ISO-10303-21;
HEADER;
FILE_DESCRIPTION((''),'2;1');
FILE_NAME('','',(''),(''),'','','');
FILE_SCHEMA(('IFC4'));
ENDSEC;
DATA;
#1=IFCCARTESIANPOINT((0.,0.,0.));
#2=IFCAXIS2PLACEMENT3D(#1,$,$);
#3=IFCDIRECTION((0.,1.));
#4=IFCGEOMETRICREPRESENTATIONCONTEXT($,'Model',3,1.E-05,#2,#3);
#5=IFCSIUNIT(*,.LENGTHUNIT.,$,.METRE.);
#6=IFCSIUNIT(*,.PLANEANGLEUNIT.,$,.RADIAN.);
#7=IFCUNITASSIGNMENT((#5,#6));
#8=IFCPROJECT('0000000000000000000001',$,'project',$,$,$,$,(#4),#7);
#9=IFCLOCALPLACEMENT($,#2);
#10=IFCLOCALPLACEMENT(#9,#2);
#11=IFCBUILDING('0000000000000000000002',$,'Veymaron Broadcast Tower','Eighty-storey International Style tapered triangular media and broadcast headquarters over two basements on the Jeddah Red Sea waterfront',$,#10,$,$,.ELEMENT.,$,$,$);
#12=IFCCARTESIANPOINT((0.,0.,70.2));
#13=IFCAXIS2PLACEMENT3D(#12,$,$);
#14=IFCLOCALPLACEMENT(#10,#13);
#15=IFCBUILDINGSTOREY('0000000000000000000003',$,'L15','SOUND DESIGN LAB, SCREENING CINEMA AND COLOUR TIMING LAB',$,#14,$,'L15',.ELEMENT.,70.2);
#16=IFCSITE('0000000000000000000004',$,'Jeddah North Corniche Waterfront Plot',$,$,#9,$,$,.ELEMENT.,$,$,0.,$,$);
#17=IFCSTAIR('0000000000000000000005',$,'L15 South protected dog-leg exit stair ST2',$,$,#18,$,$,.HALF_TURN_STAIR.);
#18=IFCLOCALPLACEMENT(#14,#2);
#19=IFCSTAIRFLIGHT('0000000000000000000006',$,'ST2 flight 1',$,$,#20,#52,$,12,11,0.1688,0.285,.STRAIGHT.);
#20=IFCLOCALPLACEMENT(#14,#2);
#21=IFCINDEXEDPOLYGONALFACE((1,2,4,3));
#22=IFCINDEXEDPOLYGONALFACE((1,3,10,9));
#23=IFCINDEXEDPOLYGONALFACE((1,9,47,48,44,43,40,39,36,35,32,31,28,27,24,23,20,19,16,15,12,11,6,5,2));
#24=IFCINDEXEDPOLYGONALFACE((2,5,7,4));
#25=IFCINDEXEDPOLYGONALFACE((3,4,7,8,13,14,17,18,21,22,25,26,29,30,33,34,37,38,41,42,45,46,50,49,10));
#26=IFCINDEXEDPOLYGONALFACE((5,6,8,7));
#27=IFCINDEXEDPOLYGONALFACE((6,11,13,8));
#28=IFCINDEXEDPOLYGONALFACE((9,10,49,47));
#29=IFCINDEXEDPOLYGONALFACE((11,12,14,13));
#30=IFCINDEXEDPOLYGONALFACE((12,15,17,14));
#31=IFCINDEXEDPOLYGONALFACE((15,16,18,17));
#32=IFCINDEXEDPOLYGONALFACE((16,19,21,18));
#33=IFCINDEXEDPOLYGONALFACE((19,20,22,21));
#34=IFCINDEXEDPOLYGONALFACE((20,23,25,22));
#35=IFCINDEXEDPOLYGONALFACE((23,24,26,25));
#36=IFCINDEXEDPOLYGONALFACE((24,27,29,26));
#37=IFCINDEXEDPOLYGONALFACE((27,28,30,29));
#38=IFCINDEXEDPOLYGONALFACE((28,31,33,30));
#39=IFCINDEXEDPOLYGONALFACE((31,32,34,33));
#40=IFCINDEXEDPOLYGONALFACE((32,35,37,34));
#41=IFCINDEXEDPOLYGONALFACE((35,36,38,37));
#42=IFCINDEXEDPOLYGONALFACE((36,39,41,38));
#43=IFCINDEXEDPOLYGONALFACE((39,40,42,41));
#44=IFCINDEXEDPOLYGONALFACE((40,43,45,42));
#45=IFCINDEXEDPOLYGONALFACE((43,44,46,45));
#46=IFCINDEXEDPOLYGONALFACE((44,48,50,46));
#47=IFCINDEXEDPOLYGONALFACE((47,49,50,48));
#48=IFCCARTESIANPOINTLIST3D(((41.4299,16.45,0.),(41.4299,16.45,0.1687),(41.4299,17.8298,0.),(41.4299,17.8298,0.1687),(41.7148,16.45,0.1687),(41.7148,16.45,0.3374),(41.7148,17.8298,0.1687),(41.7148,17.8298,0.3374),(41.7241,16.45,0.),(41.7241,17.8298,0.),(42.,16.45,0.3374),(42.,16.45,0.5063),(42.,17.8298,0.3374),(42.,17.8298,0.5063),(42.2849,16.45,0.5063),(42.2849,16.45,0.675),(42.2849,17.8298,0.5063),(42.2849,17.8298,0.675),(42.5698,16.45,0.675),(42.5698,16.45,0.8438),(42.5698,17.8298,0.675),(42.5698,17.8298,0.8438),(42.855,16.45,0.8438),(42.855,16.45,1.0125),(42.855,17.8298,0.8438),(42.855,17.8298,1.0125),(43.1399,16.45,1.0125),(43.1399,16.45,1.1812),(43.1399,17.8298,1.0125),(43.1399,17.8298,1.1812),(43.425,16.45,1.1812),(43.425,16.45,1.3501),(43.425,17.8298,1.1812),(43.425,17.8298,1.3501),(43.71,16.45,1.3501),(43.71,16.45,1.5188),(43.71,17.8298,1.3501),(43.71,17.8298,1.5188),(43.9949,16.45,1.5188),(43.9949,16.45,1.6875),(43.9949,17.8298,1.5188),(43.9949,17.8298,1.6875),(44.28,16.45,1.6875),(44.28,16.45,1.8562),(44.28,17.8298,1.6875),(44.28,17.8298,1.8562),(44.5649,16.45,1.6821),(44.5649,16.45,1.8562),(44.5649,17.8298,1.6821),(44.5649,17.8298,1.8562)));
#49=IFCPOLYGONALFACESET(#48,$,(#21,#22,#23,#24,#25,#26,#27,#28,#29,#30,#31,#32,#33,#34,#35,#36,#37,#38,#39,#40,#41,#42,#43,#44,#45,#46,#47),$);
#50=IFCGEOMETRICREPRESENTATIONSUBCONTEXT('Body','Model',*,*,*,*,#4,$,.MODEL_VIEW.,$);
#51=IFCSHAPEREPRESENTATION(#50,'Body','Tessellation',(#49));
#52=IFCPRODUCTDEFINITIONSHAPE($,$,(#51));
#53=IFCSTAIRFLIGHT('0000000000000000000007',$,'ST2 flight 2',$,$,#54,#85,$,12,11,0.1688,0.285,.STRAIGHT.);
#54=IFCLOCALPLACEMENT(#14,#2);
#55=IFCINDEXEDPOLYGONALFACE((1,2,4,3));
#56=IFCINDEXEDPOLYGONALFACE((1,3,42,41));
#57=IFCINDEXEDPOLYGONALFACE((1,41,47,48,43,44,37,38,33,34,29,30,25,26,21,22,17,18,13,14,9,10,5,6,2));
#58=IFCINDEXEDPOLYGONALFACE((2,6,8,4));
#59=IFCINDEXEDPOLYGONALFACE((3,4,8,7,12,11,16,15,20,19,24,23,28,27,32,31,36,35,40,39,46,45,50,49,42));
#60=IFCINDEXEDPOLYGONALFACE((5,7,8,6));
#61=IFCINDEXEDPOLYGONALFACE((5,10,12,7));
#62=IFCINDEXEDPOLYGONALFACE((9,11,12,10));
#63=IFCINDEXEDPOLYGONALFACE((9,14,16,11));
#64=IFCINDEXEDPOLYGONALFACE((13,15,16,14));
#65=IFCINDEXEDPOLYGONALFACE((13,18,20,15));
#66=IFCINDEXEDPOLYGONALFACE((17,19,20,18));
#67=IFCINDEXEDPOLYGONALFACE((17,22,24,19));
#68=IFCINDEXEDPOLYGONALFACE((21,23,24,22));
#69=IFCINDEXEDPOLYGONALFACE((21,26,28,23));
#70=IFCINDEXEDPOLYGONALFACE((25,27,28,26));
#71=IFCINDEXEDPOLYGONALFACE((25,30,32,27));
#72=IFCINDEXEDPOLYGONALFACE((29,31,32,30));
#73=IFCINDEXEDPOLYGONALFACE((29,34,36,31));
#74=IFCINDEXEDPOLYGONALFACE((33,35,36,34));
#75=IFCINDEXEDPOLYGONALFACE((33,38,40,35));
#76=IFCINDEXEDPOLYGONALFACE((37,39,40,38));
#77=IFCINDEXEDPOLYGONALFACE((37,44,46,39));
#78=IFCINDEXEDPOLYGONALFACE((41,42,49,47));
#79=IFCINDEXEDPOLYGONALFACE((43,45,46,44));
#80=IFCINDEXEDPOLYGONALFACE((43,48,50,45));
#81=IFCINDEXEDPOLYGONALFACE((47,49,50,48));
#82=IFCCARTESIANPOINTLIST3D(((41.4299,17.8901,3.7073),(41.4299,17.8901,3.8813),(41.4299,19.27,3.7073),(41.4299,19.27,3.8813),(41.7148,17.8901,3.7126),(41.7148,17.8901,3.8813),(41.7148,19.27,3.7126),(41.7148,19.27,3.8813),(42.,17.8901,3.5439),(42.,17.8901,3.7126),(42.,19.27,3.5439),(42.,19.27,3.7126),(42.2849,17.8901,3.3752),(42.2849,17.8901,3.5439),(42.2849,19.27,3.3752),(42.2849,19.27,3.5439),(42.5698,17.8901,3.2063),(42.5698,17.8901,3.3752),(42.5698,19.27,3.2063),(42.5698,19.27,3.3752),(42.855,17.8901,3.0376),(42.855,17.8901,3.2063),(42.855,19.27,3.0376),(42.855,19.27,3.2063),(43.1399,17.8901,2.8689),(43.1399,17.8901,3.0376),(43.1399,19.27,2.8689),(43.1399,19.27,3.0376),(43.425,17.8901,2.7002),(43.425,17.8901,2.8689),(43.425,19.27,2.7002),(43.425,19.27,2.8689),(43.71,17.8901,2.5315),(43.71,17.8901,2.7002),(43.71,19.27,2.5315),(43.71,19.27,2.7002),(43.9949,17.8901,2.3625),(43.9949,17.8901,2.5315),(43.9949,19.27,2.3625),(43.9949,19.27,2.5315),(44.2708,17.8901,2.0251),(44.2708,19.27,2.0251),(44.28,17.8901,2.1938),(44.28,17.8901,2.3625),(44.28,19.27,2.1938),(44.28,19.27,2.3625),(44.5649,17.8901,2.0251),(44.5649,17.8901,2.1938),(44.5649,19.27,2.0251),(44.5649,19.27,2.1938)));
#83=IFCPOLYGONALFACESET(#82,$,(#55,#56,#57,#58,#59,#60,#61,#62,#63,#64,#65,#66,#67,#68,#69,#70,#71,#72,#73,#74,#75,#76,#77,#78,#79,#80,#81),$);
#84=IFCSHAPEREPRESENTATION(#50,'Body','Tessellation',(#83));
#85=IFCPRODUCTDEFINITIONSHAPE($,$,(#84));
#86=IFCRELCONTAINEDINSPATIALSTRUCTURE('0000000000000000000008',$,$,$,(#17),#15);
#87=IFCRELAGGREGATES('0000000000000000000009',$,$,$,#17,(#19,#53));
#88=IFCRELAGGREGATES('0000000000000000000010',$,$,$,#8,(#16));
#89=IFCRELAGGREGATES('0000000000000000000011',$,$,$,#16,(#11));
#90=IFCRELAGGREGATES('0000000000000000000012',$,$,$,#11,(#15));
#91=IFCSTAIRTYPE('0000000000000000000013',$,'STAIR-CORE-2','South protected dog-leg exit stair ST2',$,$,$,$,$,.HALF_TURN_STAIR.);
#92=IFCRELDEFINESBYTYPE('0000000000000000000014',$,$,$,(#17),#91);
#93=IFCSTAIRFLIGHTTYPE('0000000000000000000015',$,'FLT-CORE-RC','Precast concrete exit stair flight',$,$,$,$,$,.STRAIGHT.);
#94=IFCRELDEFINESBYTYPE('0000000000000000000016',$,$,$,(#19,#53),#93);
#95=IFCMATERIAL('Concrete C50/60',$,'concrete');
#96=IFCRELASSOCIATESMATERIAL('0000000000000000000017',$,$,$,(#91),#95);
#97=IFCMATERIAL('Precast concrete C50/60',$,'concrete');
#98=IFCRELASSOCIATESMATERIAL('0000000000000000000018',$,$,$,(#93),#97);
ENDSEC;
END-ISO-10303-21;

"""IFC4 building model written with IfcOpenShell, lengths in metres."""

from ifc_helpers import new_model, si_unit, direction, frame, origin, place, context, subcontext, project, spatial, polyline, outline, extrude, material, type_object, element, aggregate, save


model = new_model("IFC4")

# Units and contexts
model_context = context("Model", 3, precision=1e-05, world=origin(), true_north=direction((0.0, 1.0)))
body_context = subcontext(model_context, "Body", "Model", "MODEL_VIEW")
ifc_project = project(units=[si_unit("LENGTHUNIT", "METRE"), si_unit("PLANEANGLEUNIT", "RADIAN")], contexts=[model_context])

# Site, building, storey
site_placement = place(None, origin())
site = spatial("IfcSite", under=ifc_project, at=site_placement, Name="Jeddah North Corniche Waterfront Plot", CompositionType="ELEMENT", RefElevation=0.0)
building_placement = place(site_placement, origin())
building = spatial("IfcBuilding", under=site, at=building_placement, Name="Veymaron Broadcast Tower", Description="Eighty-storey International Style tapered triangular media and broadcast headquarters over two basements on the Jeddah Red Sea waterfront", CompositionType="ELEMENT")
storey_placement = place(building_placement, frame((0.0, 0.0, 70.2)))
storey = spatial("IfcBuildingStorey", under=building, at=storey_placement, Name="L15", Description="SOUND DESIGN LAB, SCREENING CINEMA AND COLOUR TIMING LAB", LongName="L15", CompositionType="ELEMENT", Elevation=70.2)

# Shared definitions
ifc_material_1 = material(Name="Concrete C50/60", Category="concrete")

# Stair, stair flights
stair_type = type_object("IfcStairType", Name="STAIR-CORE-2", Description="South protected dog-leg exit stair ST2", PredefinedType="HALF_TURN_STAIR", material=ifc_material_1)
stair_placement = place(storey_placement, origin())
stair = element("IfcStair", 1, at=stair_placement, inside=storey, type_object=stair_type, Name="L15 South protected dog-leg exit stair ST2", PredefinedType="HALF_TURN_STAIR")
ifc_material_2 = material(Name="Precast concrete C50/60", Category="concrete")
stair_flight_type = type_object("IfcStairFlightType", Name="FLT-CORE-RC", Description="Precast concrete exit stair flight", PredefinedType="STRAIGHT", material=ifc_material_2)
stair_flight_1_placement = place(storey_placement, frame((41.4299, 17.1399, 0.0), z_axis=(0.0, 0.0, 1.0), x_axis=(1.0, 0.0, 0.0)))
stair_flight_1 = element("IfcStairFlight", 2, at=stair_flight_1_placement, type_object=stair_flight_type, Name="ST2 flight 1", NumberOfRisers=12, NumberOfTreads=11, PredefinedType="STRAIGHT", RiserHeight=0.1688, TreadLength=0.285, context=body_context, shape_type="SweptSolid", body=[
    extrude(outline(polyline([(0.0, 0.0), (0.0, 0.1687), (0.2849, 0.1687), (0.2849, 0.3374), (0.5701, 0.3374), (0.5701, 0.5063), (0.855, 0.5063), (0.855, 0.675), (1.1399, 0.675), (1.1399, 0.8438), (1.425, 0.8438), (1.425, 1.0125), (1.71, 1.0125), (1.71, 1.1812), (1.9951, 1.1812), (1.9951, 1.3501), (2.28, 1.3501), (2.28, 1.5188), (2.5649, 1.5188), (2.5649, 1.6875), (2.8501, 1.6875), (2.8501, 1.8562), (3.135, 1.8562), (3.135, 2.0249), (3.135, 1.6821), (0.2942, 0.0), (0.0, 0.0)])), frame((0.0, 0.6899, 0.0), z_axis=(0.0, -1.0, 0.0), x_axis=(1.0, 0.0, 0.0)), (0.0, 0.0, 1.0), 1.3799),
])
stair_flight_2_placement = place(storey_placement, frame((44.5649, 18.5801, 2.0251), z_axis=(0.0, 0.0, 1.0), x_axis=(-1.0, 0.0, 0.0)))
stair_flight_2 = element("IfcStairFlight", 3, at=stair_flight_2_placement, type_object=stair_flight_type, Name="ST2 flight 2", NumberOfRisers=12, NumberOfTreads=11, PredefinedType="STRAIGHT", RiserHeight=0.1688, TreadLength=0.285, context=body_context, shape_type="SweptSolid", body=[
    extrude(outline(polyline([(0.0, 0.0), (0.0, 0.1687), (0.2849, 0.1687), (0.2849, 0.3374), (0.5701, 0.3374), (0.5701, 0.5063), (0.855, 0.5063), (0.855, 0.675), (1.1399, 0.675), (1.1399, 0.8438), (1.425, 0.8438), (1.425, 1.0125), (1.71, 1.0125), (1.71, 1.1812), (1.9951, 1.1812), (1.9951, 1.3501), (2.28, 1.3501), (2.28, 1.5188), (2.5649, 1.5188), (2.5649, 1.6875), (2.8501, 1.6875), (2.8501, 1.8562), (3.135, 1.8562), (3.135, 2.0249), (3.135, 1.6821), (0.2942, 0.0), (0.0, 0.0)])), frame((0.0, 0.6899, 0.0), z_axis=(0.0, -1.0, 0.0), x_axis=(1.0, 0.0, 0.0)), (0.0, 0.0, 1.0), 1.3799),
])
aggregate(stair, [stair_flight_1, stair_flight_2])

save(model, "model.ifc")
